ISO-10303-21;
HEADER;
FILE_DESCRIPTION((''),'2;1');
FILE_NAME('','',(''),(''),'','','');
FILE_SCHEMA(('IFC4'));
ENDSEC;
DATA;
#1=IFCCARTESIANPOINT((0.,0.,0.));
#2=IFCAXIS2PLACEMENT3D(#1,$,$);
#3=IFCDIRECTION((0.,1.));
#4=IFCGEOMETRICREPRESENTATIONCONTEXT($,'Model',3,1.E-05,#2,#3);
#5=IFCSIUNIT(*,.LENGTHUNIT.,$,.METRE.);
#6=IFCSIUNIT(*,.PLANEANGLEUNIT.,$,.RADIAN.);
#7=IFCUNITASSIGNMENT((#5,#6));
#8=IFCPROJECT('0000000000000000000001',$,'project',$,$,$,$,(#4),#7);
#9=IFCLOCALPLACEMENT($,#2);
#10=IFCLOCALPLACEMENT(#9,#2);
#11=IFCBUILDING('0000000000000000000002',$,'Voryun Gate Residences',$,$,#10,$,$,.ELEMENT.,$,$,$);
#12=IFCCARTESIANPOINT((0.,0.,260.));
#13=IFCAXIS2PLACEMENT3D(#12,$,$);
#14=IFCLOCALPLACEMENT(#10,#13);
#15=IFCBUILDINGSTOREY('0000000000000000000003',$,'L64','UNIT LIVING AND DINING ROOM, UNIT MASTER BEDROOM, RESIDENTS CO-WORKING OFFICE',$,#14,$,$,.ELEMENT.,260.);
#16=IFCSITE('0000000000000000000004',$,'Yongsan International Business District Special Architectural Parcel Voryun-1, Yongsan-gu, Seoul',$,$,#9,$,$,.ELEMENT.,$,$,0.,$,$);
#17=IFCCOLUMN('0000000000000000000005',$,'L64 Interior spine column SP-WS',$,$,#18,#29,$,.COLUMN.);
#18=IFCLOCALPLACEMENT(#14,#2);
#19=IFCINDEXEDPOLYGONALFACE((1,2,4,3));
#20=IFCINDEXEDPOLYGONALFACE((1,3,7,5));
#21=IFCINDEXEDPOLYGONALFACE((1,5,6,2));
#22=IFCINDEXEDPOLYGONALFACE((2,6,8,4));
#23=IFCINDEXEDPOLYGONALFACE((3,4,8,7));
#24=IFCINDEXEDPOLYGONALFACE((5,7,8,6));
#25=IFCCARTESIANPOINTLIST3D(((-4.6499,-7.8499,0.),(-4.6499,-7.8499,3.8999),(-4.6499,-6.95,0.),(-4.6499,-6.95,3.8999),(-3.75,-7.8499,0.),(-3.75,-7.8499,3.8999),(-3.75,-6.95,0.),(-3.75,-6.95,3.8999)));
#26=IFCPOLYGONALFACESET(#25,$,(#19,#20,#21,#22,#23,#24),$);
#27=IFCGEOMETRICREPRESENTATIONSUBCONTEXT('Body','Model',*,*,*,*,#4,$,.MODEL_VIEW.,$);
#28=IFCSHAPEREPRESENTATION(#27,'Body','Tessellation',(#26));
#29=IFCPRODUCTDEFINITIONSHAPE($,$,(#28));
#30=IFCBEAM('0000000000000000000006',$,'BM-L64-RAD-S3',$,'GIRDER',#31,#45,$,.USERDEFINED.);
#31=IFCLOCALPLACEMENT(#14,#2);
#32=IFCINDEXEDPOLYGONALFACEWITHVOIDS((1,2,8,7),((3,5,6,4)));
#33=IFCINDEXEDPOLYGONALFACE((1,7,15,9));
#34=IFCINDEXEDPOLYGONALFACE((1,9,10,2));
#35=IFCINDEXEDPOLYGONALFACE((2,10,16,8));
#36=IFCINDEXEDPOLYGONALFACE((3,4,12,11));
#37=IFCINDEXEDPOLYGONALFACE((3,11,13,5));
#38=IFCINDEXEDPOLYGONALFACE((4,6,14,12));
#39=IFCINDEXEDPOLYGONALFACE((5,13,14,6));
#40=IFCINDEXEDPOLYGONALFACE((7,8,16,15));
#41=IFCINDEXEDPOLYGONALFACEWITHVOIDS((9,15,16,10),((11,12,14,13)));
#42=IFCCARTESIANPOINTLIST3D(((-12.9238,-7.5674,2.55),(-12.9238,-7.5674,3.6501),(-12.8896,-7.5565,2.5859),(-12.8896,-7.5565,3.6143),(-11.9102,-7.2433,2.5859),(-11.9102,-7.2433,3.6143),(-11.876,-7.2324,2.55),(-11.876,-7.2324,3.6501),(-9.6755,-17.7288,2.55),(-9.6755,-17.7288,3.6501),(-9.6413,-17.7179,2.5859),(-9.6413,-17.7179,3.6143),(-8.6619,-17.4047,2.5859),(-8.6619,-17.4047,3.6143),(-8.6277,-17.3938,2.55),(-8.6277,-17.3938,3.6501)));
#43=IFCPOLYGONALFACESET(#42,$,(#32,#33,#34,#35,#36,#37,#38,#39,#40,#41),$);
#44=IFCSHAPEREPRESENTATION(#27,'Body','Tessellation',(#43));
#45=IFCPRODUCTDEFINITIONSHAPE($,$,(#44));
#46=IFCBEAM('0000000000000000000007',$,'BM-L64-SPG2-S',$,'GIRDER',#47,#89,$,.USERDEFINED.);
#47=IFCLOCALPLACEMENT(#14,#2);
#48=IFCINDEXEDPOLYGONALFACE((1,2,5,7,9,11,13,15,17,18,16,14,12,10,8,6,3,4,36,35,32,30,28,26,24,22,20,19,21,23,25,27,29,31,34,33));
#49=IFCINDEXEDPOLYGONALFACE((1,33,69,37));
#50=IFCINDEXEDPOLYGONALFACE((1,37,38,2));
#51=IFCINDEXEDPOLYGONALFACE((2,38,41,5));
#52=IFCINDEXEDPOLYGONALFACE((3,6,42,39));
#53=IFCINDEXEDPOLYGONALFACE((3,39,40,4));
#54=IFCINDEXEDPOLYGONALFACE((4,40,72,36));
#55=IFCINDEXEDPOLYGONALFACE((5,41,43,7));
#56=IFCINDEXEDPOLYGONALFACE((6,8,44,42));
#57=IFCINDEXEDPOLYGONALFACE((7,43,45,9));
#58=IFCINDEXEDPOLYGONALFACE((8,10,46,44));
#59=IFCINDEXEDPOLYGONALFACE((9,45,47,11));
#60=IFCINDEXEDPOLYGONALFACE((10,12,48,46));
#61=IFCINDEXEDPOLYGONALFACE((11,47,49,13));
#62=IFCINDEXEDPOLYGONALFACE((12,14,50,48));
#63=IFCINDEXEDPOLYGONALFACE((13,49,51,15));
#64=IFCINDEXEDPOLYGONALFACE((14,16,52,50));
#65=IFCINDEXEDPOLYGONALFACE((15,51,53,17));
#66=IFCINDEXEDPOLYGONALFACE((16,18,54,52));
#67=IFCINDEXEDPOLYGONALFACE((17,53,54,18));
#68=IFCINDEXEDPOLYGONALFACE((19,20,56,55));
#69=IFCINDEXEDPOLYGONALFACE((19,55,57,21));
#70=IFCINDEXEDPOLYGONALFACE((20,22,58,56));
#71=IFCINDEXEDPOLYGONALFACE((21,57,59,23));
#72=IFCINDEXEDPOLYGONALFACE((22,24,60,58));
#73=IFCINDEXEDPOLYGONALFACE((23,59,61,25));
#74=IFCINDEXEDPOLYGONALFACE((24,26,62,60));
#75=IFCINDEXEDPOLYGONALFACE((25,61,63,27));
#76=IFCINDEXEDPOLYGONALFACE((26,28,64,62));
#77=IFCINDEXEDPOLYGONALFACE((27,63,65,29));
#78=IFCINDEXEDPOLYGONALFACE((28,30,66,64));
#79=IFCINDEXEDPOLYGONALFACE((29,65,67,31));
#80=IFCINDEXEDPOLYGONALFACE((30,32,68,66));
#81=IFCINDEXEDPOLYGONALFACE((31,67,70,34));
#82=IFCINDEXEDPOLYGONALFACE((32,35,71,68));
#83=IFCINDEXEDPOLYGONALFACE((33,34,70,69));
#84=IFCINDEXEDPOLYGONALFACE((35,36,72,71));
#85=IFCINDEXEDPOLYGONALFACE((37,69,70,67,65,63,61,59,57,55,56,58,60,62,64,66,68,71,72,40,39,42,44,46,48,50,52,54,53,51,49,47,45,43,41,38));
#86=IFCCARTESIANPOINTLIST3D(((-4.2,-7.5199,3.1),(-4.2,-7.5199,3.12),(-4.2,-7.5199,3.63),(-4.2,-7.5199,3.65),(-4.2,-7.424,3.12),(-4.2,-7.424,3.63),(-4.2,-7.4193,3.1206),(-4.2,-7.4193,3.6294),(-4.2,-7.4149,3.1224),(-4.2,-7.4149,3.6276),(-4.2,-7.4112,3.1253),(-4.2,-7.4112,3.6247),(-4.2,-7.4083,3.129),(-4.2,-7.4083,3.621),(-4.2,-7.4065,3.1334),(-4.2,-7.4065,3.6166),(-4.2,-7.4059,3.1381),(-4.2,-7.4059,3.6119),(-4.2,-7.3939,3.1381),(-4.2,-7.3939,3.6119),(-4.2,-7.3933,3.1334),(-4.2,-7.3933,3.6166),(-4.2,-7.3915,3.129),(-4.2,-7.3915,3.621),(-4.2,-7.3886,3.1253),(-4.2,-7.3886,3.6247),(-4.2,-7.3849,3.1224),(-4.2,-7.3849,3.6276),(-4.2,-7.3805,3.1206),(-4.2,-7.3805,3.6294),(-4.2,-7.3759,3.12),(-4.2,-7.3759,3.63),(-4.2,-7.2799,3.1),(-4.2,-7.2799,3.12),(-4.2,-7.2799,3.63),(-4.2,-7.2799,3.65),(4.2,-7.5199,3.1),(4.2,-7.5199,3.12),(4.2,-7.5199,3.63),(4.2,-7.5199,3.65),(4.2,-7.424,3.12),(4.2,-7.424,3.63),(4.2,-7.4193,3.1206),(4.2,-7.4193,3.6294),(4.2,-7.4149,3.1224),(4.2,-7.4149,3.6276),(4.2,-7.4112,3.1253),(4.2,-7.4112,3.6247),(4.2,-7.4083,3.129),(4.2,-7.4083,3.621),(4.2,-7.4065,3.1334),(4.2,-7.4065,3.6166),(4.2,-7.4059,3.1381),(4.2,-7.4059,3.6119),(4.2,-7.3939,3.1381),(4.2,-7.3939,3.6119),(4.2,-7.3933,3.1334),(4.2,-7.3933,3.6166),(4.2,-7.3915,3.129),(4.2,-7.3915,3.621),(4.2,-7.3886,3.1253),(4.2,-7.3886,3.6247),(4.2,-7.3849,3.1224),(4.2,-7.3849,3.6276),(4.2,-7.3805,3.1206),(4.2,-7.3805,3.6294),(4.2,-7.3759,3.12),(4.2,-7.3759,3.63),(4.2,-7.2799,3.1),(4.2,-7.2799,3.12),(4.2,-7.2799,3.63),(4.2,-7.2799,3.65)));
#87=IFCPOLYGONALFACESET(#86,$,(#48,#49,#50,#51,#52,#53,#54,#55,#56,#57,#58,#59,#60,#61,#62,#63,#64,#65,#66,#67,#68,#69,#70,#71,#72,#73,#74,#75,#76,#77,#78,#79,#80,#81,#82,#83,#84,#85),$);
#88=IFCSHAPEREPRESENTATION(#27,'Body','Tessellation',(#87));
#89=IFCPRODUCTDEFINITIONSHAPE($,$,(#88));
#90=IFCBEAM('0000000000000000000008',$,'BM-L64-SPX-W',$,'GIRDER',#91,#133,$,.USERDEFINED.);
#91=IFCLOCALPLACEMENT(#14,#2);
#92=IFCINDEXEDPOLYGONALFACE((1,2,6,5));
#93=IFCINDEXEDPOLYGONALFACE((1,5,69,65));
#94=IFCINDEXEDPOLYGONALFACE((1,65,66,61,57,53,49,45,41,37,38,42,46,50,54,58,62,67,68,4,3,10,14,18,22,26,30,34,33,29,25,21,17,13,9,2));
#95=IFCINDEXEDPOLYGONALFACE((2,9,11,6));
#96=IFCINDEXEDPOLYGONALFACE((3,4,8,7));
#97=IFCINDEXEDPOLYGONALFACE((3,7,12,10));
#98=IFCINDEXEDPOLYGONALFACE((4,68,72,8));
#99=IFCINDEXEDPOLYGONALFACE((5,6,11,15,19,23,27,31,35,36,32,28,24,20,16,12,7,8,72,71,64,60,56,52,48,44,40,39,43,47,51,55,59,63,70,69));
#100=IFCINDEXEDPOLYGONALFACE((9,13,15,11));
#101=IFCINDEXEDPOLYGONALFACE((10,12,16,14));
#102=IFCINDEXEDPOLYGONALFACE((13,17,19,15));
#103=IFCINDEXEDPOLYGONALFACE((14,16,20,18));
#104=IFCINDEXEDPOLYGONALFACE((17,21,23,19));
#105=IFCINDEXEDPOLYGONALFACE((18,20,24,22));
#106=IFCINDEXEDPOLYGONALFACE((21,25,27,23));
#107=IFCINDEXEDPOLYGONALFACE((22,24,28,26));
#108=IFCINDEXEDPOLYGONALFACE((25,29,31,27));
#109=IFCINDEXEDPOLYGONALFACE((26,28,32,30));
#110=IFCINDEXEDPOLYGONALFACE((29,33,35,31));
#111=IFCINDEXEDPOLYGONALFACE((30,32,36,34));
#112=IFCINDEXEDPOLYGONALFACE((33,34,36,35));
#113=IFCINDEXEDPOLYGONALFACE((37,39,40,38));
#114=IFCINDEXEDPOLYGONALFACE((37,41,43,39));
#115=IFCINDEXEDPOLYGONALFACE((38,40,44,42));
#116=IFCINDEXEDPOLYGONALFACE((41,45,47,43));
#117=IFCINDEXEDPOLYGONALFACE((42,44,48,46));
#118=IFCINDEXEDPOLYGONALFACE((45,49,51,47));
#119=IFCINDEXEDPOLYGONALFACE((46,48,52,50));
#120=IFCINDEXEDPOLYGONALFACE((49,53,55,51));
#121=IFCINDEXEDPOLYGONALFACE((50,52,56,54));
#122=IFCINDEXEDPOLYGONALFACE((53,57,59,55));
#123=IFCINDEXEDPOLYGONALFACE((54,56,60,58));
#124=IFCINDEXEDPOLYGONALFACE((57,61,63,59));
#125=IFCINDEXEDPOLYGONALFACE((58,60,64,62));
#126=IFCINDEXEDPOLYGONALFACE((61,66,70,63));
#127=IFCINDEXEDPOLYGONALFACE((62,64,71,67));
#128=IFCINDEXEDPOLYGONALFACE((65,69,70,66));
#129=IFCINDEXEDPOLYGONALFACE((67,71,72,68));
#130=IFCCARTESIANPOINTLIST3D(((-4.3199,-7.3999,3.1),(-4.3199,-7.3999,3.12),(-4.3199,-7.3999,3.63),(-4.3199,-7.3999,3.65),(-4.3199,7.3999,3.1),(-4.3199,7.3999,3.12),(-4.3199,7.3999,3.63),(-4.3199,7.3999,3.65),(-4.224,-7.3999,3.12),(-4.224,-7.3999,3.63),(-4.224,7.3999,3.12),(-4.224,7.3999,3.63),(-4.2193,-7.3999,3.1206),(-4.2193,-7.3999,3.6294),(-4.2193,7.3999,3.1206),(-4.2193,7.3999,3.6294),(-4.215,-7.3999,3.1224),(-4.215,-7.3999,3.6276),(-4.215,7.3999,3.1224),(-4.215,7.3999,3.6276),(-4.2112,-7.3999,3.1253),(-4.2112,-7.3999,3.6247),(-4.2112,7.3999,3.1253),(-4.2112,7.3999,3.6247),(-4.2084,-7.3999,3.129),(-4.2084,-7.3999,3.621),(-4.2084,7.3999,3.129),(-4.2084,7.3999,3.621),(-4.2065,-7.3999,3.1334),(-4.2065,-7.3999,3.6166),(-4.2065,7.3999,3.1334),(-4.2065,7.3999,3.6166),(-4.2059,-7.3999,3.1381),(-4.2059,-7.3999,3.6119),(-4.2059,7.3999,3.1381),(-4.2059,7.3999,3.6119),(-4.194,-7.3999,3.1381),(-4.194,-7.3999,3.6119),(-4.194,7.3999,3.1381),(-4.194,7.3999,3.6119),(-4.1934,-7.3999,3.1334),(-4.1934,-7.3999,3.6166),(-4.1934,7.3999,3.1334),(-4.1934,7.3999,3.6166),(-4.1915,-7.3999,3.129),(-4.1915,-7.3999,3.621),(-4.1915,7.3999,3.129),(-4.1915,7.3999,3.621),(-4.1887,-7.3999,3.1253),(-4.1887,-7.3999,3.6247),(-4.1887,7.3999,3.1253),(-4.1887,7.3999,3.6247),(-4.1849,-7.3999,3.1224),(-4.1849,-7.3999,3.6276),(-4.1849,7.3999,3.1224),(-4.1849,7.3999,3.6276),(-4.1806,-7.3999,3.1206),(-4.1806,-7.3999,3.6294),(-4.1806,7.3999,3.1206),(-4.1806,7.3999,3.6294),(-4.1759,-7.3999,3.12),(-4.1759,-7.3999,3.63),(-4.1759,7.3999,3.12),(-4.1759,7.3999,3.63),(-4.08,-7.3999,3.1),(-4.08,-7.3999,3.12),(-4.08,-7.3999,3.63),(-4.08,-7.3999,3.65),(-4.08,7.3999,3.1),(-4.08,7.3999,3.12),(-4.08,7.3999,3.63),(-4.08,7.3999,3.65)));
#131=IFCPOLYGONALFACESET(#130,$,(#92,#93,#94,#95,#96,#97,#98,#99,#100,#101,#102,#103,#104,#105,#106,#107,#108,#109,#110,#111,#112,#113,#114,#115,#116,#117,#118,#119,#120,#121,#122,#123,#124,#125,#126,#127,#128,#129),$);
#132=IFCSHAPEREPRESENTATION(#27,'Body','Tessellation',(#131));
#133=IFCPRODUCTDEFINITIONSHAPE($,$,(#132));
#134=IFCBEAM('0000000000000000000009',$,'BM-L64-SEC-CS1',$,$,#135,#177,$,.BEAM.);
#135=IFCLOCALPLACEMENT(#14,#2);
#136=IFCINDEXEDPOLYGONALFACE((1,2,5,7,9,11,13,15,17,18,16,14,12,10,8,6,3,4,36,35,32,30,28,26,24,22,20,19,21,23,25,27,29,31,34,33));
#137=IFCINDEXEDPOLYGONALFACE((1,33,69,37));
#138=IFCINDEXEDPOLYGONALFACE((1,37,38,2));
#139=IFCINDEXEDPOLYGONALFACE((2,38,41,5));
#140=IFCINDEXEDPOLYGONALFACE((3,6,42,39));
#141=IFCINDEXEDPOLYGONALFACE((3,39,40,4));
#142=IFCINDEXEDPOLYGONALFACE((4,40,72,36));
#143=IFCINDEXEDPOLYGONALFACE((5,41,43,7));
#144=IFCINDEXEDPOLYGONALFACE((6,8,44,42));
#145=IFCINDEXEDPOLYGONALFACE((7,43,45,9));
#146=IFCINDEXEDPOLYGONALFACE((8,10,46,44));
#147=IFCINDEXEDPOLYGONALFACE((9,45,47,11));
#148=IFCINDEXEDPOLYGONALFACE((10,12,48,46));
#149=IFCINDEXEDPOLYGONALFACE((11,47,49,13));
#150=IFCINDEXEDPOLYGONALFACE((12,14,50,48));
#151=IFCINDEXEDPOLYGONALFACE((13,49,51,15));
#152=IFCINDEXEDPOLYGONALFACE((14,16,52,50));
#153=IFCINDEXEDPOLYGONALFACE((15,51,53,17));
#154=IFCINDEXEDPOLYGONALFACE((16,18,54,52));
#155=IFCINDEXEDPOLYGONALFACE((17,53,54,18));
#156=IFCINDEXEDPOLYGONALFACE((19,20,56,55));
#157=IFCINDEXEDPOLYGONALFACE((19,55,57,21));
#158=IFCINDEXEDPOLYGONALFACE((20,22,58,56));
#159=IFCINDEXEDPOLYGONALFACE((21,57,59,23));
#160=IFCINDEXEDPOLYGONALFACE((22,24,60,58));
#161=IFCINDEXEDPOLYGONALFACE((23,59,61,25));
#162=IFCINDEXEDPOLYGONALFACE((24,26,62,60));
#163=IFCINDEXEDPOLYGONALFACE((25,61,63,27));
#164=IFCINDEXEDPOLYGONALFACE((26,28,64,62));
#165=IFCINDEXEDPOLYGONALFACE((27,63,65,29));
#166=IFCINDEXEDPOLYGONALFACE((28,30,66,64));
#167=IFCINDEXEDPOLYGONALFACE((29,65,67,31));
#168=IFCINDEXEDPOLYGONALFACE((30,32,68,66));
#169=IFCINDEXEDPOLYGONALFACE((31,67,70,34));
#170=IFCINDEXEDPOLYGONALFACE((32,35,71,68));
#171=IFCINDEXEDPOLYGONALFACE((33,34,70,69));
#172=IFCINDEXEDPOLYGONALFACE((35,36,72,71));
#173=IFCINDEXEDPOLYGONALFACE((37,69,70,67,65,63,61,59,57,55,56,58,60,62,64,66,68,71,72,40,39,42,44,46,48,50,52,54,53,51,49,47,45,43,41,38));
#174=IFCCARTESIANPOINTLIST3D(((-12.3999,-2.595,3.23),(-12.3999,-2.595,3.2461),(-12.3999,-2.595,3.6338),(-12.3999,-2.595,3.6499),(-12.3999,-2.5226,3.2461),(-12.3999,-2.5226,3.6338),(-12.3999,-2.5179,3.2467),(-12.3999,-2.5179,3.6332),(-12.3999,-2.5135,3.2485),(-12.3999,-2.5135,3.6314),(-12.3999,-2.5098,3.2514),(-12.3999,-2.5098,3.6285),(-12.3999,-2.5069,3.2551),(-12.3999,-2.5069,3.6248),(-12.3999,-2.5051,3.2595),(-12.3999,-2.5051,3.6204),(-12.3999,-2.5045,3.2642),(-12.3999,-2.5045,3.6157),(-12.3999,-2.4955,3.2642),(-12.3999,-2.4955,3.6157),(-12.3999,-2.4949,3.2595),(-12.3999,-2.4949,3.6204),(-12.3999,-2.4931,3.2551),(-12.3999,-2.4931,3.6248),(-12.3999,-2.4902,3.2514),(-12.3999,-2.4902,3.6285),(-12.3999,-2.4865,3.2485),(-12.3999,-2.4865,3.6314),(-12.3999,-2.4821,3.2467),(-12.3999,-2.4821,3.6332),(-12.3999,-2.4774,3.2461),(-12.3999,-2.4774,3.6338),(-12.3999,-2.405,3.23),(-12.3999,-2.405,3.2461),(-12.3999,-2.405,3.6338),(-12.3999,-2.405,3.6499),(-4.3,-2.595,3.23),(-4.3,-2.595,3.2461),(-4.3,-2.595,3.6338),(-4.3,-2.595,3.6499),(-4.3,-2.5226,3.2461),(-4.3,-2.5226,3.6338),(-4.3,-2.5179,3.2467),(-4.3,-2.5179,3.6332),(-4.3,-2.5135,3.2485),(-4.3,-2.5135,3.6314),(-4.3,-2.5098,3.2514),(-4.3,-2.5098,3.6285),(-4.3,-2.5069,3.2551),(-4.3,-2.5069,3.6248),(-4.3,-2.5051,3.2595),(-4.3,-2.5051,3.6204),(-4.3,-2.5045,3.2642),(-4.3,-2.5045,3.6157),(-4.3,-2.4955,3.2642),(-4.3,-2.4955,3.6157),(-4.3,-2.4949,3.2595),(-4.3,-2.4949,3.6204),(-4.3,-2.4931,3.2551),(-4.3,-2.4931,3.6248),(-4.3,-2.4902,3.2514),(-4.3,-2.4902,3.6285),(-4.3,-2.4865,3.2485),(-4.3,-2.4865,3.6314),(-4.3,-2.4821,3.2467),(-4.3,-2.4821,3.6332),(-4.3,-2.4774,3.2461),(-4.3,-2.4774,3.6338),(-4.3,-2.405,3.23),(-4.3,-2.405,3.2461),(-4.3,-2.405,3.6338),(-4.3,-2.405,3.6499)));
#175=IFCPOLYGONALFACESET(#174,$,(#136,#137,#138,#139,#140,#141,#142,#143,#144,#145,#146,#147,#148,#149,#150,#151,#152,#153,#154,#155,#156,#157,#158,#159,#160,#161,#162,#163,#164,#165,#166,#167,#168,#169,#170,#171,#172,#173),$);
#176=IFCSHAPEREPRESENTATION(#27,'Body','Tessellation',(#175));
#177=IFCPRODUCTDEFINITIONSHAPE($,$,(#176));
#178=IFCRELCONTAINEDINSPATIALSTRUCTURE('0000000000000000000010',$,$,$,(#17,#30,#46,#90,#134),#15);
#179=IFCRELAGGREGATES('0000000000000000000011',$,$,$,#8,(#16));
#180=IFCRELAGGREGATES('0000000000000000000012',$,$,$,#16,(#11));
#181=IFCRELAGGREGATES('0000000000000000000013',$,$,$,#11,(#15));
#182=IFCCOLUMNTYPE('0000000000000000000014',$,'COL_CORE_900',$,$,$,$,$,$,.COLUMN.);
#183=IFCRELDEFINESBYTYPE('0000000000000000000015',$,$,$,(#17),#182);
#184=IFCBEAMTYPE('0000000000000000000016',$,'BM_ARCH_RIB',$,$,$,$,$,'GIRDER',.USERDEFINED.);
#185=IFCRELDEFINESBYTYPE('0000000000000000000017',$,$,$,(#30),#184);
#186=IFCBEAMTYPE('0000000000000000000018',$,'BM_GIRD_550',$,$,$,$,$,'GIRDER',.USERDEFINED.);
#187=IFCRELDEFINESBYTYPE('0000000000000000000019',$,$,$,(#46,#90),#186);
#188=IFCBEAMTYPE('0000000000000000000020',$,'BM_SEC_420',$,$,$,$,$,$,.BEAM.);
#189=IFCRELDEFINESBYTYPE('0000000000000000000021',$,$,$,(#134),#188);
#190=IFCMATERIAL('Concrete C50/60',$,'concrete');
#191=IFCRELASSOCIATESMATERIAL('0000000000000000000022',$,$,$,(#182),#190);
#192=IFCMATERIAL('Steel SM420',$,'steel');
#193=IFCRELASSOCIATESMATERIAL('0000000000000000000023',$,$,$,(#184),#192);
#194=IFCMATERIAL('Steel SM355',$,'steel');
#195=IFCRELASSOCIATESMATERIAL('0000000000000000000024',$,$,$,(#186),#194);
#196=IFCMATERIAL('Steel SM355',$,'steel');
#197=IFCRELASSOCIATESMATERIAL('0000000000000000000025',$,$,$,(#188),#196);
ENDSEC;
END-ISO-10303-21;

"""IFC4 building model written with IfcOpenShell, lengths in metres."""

from ifc_helpers import new_model, si_unit, direction, frame, origin, origin_2d, place, context, subcontext, project, spatial, rectangle, hollow_rectangle, i_section, extrude, material, material_profile, profile_set, type_object, element, save


model = new_model("IFC4")

# Units and contexts
model_context = context("Model", 3, precision=1e-05, world=origin(), true_north=direction((0.0, 1.0)))
body_context = subcontext(model_context, "Body", "Model", "MODEL_VIEW")
ifc_project = project(units=[si_unit("LENGTHUNIT", "METRE"), si_unit("PLANEANGLEUNIT", "RADIAN")], contexts=[model_context])

# Site, building, storey
site_placement = place(None, origin())
site = spatial("IfcSite", under=ifc_project, at=site_placement, Name="Yongsan International Business District Special Architectural Parcel Voryun-1, Yongsan-gu, Seoul", CompositionType="ELEMENT", RefElevation=0.0)
building_placement = place(site_placement, origin())
building = spatial("IfcBuilding", under=site, at=building_placement, Name="Voryun Gate Residences", CompositionType="ELEMENT")
storey_placement = place(building_placement, frame((0.0, 0.0, 260.0)))
storey = spatial("IfcBuildingStorey", under=building, at=storey_placement, Name="L64", Description="UNIT LIVING AND DINING ROOM, UNIT MASTER BEDROOM, RESIDENTS CO-WORKING OFFICE", CompositionType="ELEMENT", Elevation=260.0)

# Column
ifc_material_1 = material(Name="Concrete C50/60", Category="concrete")
ifc_material_profile_1 = material_profile(ifc_material_1, rectangle(XDim=0.8999, YDim=0.8999, at=origin_2d()), Name="RC-900x900")
ifc_profile_set_1 = profile_set([ifc_material_profile_1], Name="Concrete C50/60")
column_type = type_object("IfcColumnType", Name="COL_CORE_900", PredefinedType="COLUMN", material=ifc_profile_set_1)
column_placement = place(storey_placement, frame((-4.2, -7.3999, 0.0), z_axis=(0.0, 0.0, 1.0), x_axis=(1.0, 0.0, 0.0)))
element("IfcColumn", 1, at=column_placement, inside=storey, type_object=column_type, Name="L64 Interior spine column SP-WS", PredefinedType="COLUMN", context=body_context, shape_type="SweptSolid", body=[
    extrude(rectangle(XDim=0.8999, YDim=0.8999, at=origin_2d()), origin(), (0.0, 0.0, 1.0), 3.8999),
])

# Beams
ifc_material_2 = material(Name="Steel SM420", Category="steel")
ifc_material_profile_2 = material_profile(ifc_material_2, hollow_rectangle(XDim=1.1001, YDim=1.1001, WallThickness=0.0359, at=origin_2d()), Name="BOX-1100x1100x36")
ifc_profile_set_2 = profile_set([ifc_material_profile_2], Name="Steel SM420")
beam_type_1 = type_object("IfcBeamType", Name="BM_ARCH_RIB", ElementType="GIRDER", PredefinedType="USERDEFINED", material=ifc_profile_set_2)
beam_1_placement = place(storey_placement, frame((-12.3999, -7.3999, 3.1001), z_axis=(0.304491, -0.952515, 0.0), x_axis=(0.952515, 0.304491, 0.0)))
element("IfcBeam", 2, at=beam_1_placement, inside=storey, type_object=beam_type_1, Name="BM-L64-RAD-S3", ObjectType="GIRDER", PredefinedType="USERDEFINED", context=body_context, shape_type="SweptSolid", body=[
    extrude(hollow_rectangle(XDim=1.1001, YDim=1.1001, WallThickness=0.0359, at=origin_2d()), origin(), (0.0, 0.0, 1.0), 10.668),
])
ifc_material_3 = material(Name="Steel SM355", Category="steel")
ifc_material_profile_3 = material_profile(ifc_material_3, i_section(OverallWidth=0.24, OverallDepth=0.55, WebThickness=0.012, FlangeThickness=0.02, FilletRadius=0.0181, at=origin_2d()), Name="H-550x240x12x20")
ifc_profile_set_3 = profile_set([ifc_material_profile_3], Name="Steel SM355")
beam_type_2 = type_object("IfcBeamType", Name="BM_GIRD_550", ElementType="GIRDER", PredefinedType="USERDEFINED", material=ifc_profile_set_3)
beam_2_placement = place(storey_placement, frame((-4.2, -7.3999, 3.375), z_axis=(1.0, 0.0, 0.0), x_axis=(0.0, 1.0, 0.0)))
element("IfcBeam", 3, at=beam_2_placement, inside=storey, type_object=beam_type_2, Name="BM-L64-SPG2-S", ObjectType="GIRDER", PredefinedType="USERDEFINED", context=body_context, shape_type="SweptSolid", body=[
    extrude(i_section(OverallWidth=0.24, OverallDepth=0.55, WebThickness=0.012, FlangeThickness=0.02, FilletRadius=0.0181, at=origin_2d()), origin(), (0.0, 0.0, 1.0), 8.3999),
])
beam_3_placement = place(storey_placement, frame((-4.2, -7.3999, 3.375), z_axis=(0.0, 1.0, 0.0), x_axis=(-1.0, 0.0, 0.0)))
element("IfcBeam", 4, at=beam_3_placement, inside=storey, type_object=beam_type_2, Name="BM-L64-SPX-W", ObjectType="GIRDER", PredefinedType="USERDEFINED", context=body_context, shape_type="SweptSolid", body=[
    extrude(i_section(OverallWidth=0.24, OverallDepth=0.55, WebThickness=0.012, FlangeThickness=0.02, FilletRadius=0.0181, at=origin_2d()), origin(), (0.0, 0.0, 1.0), 14.7998),
])
ifc_material_4 = material(Name="Steel SM355", Category="steel")
ifc_material_profile_4 = material_profile(ifc_material_4, i_section(OverallWidth=0.1899, OverallDepth=0.4199, WebThickness=0.009, FlangeThickness=0.0161, FilletRadius=0.0181, at=origin_2d()), Name="H-420x190x9x16")
ifc_profile_set_4 = profile_set([ifc_material_profile_4], Name="Steel SM355")
beam_type_3 = type_object("IfcBeamType", Name="BM_SEC_420", PredefinedType="BEAM", material=ifc_profile_set_4)
beam_4_placement = place(storey_placement, frame((-12.3999, -2.5, 3.4399), z_axis=(1.0, 0.0, 0.0), x_axis=(0.0, 1.0, 0.0)))
element("IfcBeam", 5, at=beam_4_placement, inside=storey, type_object=beam_type_3, Name="BM-L64-SEC-CS1", PredefinedType="BEAM", context=body_context, shape_type="SweptSolid", body=[
    extrude(i_section(OverallWidth=0.1899, OverallDepth=0.4199, WebThickness=0.009, FlangeThickness=0.0161, FilletRadius=0.0181, at=origin_2d()), origin(), (0.0, 0.0, 1.0), 8.0999),
])

save(model, "model.ifc")
